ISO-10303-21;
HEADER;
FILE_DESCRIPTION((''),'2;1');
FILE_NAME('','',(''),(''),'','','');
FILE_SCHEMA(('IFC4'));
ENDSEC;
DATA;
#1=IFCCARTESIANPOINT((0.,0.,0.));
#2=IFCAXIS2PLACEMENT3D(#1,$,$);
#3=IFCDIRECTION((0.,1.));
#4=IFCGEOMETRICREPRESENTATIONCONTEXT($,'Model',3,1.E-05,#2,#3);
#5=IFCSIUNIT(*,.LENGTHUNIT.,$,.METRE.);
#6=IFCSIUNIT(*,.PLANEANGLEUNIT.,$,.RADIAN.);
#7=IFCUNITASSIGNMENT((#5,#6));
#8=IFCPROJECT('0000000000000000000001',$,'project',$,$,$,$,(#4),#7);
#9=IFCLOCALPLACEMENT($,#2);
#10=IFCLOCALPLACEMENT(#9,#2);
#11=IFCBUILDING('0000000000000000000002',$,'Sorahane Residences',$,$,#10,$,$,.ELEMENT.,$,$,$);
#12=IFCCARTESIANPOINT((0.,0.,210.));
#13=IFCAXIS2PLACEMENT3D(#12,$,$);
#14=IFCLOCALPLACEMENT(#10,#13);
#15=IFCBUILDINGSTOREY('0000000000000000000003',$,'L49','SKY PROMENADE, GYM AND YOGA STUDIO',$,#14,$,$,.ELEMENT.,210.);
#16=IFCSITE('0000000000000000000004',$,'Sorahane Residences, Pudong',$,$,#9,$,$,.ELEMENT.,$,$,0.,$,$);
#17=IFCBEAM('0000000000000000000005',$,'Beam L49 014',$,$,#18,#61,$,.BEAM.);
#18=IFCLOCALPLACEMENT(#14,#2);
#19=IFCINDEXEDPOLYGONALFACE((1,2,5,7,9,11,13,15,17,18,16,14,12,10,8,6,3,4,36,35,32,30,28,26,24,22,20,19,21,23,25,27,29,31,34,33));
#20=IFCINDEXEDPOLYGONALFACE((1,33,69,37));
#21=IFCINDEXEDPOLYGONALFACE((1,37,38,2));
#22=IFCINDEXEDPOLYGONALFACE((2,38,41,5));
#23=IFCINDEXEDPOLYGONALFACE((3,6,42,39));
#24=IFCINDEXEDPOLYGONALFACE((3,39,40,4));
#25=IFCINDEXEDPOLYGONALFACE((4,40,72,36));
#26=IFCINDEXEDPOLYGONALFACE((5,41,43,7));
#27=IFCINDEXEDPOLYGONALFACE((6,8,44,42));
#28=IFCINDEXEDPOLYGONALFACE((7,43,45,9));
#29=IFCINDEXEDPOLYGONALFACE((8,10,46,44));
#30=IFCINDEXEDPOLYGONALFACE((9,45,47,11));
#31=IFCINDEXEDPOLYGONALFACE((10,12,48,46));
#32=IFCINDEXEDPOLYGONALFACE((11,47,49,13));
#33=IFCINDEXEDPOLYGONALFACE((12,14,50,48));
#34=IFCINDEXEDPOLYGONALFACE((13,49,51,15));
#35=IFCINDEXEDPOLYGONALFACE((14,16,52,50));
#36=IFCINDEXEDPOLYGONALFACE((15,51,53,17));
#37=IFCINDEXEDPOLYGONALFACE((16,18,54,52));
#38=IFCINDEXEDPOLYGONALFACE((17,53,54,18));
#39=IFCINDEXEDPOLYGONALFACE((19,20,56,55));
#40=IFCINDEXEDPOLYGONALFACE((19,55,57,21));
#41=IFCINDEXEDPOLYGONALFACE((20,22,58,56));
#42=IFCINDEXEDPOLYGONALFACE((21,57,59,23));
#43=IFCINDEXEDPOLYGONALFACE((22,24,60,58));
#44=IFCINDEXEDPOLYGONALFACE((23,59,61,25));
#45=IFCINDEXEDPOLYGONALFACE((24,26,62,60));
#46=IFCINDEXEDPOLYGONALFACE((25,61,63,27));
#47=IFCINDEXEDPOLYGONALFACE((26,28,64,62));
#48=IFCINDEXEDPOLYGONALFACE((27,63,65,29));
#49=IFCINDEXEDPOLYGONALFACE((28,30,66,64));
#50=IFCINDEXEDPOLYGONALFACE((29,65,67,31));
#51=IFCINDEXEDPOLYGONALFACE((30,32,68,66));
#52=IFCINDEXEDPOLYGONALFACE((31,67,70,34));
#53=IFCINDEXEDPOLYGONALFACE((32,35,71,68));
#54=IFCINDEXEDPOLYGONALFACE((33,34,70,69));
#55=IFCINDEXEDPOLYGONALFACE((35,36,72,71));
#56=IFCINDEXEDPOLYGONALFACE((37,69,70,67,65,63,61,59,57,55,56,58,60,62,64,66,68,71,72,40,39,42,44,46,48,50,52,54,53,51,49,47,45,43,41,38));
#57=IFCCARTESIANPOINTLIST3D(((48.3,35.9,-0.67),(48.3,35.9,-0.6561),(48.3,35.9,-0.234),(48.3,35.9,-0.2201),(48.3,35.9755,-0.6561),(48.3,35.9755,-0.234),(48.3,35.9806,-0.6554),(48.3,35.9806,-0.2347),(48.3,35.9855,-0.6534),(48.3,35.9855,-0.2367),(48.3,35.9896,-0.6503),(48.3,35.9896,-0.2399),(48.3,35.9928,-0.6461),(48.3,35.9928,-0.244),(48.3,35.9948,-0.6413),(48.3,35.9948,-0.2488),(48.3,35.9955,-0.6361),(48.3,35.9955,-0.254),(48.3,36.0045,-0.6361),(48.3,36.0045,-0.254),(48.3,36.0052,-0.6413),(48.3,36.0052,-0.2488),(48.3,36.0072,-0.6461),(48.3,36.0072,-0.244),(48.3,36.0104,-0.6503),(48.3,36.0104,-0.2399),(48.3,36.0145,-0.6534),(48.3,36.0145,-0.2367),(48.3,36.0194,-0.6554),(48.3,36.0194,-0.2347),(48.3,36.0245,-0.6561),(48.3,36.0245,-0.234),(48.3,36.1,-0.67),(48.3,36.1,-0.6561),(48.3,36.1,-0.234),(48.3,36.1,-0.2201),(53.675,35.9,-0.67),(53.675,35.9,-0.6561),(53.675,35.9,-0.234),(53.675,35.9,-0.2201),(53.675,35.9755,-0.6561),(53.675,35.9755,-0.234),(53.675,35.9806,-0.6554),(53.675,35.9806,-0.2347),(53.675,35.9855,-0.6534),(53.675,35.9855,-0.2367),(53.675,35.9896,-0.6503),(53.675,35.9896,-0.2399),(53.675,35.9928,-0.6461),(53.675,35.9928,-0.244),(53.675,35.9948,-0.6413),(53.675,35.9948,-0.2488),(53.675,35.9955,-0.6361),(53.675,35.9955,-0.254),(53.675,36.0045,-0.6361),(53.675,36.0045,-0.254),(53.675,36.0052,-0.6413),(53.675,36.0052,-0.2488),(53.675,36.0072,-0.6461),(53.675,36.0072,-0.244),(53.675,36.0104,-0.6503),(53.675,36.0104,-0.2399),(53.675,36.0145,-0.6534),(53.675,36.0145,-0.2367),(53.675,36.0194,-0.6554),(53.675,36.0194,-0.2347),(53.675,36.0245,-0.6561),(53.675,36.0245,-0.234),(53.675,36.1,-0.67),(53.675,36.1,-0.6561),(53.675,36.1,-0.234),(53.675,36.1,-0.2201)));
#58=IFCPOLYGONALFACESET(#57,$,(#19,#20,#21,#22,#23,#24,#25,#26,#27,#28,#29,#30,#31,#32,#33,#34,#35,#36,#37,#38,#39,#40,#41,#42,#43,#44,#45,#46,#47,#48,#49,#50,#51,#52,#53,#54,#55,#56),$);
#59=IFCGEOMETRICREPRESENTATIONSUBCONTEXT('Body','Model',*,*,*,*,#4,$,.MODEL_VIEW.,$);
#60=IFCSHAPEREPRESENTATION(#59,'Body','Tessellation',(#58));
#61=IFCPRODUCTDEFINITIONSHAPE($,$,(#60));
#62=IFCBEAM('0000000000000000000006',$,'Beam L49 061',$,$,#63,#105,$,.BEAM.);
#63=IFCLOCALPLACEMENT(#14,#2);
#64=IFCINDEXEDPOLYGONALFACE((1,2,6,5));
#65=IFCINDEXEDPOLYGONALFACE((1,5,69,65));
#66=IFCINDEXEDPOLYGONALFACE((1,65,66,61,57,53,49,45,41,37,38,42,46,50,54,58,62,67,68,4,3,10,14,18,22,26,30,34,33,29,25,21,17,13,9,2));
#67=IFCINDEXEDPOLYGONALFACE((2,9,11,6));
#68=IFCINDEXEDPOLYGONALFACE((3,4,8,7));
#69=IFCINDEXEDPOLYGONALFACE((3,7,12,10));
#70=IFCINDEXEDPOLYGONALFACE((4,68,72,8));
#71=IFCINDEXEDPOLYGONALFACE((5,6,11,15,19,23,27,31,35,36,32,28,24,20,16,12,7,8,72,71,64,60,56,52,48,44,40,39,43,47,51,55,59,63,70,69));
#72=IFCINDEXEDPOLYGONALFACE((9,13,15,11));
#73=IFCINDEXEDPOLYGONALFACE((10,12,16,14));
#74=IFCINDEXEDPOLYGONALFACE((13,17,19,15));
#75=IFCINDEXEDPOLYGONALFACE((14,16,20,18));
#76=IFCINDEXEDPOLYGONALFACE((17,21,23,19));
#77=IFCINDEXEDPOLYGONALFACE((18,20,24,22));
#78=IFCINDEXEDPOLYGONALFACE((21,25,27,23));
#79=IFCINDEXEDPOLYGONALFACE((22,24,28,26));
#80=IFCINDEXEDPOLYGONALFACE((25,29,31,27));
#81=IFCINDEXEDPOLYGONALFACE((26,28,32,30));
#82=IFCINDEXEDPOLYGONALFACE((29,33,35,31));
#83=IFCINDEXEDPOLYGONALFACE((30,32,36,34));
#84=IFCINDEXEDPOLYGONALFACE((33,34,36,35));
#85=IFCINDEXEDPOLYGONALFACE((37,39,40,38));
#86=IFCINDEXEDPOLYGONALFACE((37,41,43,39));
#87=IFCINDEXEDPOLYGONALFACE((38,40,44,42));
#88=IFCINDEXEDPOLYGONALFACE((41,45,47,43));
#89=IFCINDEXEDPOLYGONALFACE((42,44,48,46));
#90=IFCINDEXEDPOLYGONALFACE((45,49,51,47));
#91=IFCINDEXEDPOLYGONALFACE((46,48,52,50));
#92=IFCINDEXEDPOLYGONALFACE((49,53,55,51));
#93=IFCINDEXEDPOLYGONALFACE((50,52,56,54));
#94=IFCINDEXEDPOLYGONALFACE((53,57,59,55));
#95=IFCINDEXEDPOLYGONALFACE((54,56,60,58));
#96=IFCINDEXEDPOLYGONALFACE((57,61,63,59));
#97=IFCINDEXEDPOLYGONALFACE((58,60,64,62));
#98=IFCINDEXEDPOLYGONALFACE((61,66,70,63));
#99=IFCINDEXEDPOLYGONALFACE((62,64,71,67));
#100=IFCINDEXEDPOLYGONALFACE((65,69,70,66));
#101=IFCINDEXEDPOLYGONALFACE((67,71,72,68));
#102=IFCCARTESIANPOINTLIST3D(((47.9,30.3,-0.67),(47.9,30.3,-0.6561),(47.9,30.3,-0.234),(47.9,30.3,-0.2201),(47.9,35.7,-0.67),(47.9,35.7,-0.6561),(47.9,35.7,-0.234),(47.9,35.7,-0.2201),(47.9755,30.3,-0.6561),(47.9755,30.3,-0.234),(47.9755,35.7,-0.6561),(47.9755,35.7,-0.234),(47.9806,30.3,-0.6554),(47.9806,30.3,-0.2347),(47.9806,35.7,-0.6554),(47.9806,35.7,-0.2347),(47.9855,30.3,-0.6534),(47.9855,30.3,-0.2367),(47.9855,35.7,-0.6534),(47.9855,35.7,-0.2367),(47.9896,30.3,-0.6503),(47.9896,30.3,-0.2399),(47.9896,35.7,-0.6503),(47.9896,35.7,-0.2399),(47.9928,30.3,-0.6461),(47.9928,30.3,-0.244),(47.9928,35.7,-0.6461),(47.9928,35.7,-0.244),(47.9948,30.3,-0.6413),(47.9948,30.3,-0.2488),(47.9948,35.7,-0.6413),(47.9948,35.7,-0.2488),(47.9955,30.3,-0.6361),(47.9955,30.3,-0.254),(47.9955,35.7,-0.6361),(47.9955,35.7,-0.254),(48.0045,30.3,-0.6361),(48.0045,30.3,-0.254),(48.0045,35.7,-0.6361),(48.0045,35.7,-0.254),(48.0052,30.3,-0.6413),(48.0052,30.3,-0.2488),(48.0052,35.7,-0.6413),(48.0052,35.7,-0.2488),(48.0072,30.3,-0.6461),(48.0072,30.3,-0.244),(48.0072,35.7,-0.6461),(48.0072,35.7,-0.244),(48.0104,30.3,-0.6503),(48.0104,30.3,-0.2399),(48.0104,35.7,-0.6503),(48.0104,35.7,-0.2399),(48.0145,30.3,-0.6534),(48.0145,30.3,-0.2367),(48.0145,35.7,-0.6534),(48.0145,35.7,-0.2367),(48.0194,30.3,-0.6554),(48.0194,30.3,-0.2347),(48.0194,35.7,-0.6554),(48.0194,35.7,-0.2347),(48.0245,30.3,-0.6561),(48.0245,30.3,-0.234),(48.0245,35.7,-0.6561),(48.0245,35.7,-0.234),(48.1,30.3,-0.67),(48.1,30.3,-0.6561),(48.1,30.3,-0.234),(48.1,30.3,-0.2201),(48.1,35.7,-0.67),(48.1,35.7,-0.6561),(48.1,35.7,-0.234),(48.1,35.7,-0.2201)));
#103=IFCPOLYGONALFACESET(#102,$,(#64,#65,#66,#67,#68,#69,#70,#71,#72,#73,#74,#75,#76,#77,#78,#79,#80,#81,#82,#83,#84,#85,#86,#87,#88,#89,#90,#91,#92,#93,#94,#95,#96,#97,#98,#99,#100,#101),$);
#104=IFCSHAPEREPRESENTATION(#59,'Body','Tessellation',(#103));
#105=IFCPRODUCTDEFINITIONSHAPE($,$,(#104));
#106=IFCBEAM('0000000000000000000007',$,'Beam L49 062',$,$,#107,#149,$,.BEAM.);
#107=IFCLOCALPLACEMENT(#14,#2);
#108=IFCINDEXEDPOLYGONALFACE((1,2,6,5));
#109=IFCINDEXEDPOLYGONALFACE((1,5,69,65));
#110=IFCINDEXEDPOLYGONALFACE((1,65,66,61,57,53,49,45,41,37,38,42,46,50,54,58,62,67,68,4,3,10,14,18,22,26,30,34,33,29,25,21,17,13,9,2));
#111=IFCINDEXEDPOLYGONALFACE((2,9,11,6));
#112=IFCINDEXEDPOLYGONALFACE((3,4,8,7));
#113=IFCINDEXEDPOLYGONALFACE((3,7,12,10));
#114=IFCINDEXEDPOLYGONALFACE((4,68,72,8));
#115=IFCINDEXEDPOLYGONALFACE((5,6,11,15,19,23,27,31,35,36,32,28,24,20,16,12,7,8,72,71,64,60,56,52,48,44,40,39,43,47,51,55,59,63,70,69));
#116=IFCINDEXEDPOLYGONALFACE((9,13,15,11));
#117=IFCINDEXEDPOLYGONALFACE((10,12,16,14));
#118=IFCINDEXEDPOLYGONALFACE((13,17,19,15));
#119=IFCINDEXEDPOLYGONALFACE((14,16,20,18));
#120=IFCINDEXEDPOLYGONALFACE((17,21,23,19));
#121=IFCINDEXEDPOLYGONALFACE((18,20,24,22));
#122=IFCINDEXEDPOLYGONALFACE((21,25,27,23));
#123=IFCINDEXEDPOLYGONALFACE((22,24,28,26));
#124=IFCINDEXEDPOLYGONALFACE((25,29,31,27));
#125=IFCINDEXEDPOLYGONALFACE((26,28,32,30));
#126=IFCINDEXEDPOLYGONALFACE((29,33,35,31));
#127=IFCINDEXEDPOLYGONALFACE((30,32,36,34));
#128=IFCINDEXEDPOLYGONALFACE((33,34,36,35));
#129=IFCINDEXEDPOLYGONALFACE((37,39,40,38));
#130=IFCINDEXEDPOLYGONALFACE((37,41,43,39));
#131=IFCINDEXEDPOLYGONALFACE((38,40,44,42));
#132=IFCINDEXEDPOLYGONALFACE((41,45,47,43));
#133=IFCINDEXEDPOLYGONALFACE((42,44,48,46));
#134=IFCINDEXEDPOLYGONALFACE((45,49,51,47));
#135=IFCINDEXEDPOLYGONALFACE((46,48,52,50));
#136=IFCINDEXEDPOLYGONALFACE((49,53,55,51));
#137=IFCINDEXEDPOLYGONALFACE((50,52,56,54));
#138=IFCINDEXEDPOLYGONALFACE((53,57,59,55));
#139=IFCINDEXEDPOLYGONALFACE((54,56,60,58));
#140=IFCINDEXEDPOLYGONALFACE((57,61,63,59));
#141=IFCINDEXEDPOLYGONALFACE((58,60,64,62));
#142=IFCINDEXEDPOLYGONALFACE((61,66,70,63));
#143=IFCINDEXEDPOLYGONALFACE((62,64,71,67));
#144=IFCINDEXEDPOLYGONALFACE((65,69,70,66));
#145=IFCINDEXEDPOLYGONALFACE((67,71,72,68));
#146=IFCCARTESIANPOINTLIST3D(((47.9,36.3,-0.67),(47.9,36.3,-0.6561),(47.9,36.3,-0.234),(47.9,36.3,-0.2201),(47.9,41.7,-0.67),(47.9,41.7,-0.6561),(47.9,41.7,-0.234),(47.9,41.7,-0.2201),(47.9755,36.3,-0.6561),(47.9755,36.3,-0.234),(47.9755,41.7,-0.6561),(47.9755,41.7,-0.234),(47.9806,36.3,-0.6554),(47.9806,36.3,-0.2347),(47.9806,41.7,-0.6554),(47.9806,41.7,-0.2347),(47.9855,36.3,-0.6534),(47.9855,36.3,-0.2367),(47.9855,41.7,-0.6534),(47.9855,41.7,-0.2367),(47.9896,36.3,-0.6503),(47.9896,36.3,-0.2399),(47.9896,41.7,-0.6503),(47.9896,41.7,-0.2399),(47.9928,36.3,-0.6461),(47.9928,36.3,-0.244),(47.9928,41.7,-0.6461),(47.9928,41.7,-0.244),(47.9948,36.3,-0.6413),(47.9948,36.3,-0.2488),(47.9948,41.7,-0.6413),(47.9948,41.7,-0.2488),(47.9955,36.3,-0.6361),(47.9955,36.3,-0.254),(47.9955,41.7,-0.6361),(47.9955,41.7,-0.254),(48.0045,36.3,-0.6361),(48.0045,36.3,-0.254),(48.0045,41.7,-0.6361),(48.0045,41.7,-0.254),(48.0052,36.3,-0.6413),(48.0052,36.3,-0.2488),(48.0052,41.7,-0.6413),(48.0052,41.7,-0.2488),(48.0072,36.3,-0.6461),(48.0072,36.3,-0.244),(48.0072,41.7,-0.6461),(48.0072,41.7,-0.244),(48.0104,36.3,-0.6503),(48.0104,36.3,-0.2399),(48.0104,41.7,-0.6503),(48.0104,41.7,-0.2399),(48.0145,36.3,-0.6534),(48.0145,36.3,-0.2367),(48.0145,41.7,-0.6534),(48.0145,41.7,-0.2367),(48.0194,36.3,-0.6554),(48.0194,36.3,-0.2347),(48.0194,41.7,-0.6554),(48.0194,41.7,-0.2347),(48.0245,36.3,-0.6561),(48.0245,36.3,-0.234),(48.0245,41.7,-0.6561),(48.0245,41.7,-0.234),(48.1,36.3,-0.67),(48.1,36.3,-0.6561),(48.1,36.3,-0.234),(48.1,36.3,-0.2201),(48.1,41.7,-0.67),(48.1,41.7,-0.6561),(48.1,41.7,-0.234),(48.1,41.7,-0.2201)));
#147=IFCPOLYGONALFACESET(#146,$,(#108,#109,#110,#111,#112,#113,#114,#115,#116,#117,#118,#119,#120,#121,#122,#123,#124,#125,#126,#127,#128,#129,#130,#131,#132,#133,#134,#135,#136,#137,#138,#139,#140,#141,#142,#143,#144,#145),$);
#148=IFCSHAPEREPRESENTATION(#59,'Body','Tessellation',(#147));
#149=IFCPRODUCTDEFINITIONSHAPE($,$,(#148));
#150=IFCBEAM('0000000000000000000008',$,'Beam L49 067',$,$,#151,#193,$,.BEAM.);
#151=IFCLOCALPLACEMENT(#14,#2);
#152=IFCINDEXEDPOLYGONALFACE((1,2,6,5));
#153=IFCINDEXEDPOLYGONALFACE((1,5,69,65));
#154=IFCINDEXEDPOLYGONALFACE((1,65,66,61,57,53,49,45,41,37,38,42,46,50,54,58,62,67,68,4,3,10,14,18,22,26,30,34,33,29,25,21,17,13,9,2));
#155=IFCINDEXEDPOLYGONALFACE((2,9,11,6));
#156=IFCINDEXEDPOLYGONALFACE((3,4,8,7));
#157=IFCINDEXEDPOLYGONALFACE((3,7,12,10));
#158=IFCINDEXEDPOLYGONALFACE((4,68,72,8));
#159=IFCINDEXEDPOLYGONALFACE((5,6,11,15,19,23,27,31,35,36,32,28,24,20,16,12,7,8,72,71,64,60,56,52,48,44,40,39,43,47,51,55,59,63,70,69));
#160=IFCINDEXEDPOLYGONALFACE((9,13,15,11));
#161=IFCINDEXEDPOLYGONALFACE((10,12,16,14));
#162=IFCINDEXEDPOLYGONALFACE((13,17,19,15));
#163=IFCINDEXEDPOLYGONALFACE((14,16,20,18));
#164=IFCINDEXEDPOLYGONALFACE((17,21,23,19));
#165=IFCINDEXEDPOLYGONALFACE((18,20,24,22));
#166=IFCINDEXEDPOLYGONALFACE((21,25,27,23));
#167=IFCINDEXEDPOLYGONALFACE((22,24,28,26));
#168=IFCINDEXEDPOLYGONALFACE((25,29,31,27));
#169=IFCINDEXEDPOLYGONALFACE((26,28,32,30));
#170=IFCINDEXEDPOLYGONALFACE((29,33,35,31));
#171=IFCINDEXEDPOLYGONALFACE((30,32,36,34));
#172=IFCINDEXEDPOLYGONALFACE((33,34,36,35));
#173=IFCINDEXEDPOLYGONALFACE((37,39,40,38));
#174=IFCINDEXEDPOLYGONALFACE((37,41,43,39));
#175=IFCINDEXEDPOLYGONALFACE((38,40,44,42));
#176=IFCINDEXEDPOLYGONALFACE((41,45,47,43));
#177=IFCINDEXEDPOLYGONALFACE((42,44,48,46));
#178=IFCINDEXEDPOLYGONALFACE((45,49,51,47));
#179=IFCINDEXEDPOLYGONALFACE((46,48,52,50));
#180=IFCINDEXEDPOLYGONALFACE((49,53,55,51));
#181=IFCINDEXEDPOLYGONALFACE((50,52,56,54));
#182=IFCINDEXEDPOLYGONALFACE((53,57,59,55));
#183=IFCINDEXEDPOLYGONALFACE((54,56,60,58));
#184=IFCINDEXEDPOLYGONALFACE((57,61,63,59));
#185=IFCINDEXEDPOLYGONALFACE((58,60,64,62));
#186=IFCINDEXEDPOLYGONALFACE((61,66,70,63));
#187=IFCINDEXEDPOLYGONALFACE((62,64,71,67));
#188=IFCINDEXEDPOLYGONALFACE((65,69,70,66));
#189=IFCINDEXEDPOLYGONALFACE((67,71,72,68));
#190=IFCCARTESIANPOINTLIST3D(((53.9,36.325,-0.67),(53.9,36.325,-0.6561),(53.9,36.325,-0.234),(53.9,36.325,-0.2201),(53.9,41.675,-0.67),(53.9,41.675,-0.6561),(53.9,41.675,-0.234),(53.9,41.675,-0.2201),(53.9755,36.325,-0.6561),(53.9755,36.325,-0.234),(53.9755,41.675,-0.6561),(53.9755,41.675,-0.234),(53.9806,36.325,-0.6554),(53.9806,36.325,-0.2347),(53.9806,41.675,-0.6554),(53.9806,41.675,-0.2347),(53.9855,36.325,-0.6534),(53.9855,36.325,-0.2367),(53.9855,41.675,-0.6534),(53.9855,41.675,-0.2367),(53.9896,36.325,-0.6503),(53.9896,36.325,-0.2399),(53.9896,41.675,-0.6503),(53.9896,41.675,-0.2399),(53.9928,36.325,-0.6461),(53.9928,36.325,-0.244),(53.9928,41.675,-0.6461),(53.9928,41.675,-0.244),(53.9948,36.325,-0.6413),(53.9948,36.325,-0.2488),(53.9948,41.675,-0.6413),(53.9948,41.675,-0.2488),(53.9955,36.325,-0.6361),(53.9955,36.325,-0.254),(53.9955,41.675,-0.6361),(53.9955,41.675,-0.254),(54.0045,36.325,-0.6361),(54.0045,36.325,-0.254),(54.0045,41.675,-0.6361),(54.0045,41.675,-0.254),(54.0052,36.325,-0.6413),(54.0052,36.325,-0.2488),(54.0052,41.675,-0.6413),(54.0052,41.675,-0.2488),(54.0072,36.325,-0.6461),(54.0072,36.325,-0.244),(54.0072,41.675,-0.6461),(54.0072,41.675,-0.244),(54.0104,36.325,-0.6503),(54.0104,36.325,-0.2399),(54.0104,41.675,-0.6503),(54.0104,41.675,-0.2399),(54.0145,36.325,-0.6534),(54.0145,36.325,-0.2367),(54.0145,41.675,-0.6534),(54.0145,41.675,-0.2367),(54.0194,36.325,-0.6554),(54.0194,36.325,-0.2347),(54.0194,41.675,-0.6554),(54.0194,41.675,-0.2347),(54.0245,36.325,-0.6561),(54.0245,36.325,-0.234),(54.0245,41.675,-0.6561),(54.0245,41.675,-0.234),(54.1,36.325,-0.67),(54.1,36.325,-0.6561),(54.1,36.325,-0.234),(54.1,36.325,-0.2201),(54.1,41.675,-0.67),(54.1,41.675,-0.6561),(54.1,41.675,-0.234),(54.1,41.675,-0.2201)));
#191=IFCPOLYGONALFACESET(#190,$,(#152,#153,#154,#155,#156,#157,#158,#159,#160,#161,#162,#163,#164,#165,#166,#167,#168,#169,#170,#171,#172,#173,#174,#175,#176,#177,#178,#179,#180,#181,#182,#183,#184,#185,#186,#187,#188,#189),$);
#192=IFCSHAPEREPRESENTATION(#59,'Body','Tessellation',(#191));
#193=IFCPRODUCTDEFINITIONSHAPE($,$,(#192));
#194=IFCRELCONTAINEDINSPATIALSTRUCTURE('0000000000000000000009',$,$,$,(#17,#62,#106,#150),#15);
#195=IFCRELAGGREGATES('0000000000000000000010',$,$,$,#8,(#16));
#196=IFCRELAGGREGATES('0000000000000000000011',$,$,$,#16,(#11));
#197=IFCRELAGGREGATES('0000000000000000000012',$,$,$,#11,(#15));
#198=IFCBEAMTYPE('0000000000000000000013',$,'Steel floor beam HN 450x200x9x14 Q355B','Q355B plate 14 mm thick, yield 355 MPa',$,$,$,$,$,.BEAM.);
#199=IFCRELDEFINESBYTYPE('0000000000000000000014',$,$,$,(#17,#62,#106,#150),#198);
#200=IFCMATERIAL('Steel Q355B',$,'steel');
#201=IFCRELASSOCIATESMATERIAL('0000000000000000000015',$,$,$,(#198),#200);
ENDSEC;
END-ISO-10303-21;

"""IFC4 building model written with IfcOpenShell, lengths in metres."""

from ifc_helpers import new_model, si_unit, direction, frame, origin, origin_2d, place, context, subcontext, project, spatial, i_section, extrude, material, material_profile, profile_set, type_object, element, save


model = new_model("IFC4")

# Units and contexts
model_context = context("Model", 3, precision=1e-05, world=origin(), true_north=direction((0.0, 1.0)))
body_context = subcontext(model_context, "Body", "Model", "MODEL_VIEW")
ifc_project = project(units=[si_unit("LENGTHUNIT", "METRE"), si_unit("PLANEANGLEUNIT", "RADIAN")], contexts=[model_context])

# Site, building, storey
site_placement = place(None, origin())
site = spatial("IfcSite", under=ifc_project, at=site_placement, Name="Sorahane Residences, Pudong", CompositionType="ELEMENT", RefElevation=0.0)
building_placement = place(site_placement, origin())
building = spatial("IfcBuilding", under=site, at=building_placement, Name="Sorahane Residences", CompositionType="ELEMENT")
storey_placement = place(building_placement, frame((0.0, 0.0, 210.0)))
storey = spatial("IfcBuildingStorey", under=building, at=storey_placement, Name="L49", Description="SKY PROMENADE, GYM AND YOGA STUDIO", CompositionType="ELEMENT", Elevation=210.0)

# Beams
ifc_material_1 = material(Name="Steel Q355B", Category="steel")
ifc_material_profile_1 = material_profile(ifc_material_1, i_section(OverallWidth=0.2, OverallDepth=0.45, WebThickness=0.009, FlangeThickness=0.0139, FilletRadius=0.02, at=origin_2d()), Name="HN 450x200x9x14")
ifc_profile_set_1 = profile_set([ifc_material_profile_1], Name="Steel Q355B")
beam_type_1 = type_object("IfcBeamType", Name="Steel floor beam HN 450x200x9x14 Q355B", Description="Q355B plate 14 mm thick, yield 355 MPa", PredefinedType="BEAM", material=ifc_profile_set_1)
beam_1_placement = place(storey_placement, frame((48.3, 36.0, -0.4451), z_axis=(1.0, 0.0, 0.0), x_axis=(0.0, 1.0, 0.0)))
element("IfcBeam", 1, at=beam_1_placement, inside=storey, type_object=beam_type_1, Name="Beam L49 014", PredefinedType="BEAM", context=body_context, shape_type="SweptSolid", body=[
    extrude(i_section(OverallWidth=0.2, OverallDepth=0.45, WebThickness=0.009, FlangeThickness=0.0139, FilletRadius=0.02, at=origin_2d()), origin(), (0.0, 0.0, 1.0), 5.375),
])
for number, where, z_axis, x_axis, name in (
    (2, (48.0, 30.3, -0.4451), (0.0, 1.0, 0.0), (-1.0, 0.0, 0.0), "Beam L49 061"),
    (3, (48.0, 36.3, -0.4451), (0.0, 1.0, 0.0), (-1.0, 0.0, 0.0), "Beam L49 062"),
):
    element("IfcBeam", number, at=place(storey_placement, frame(where, z_axis=z_axis, x_axis=x_axis)), inside=storey, type_object=beam_type_1, Name=name, PredefinedType="BEAM", context=body_context, shape_type="SweptSolid", body=[
        extrude(i_section(OverallWidth=0.2, OverallDepth=0.45, WebThickness=0.009, FlangeThickness=0.0139, FilletRadius=0.02, at=origin_2d()), origin(), (0.0, 0.0, 1.0), 5.3999),
    ])
beam_2_placement = place(storey_placement, frame((54.0, 36.325, -0.4451), z_axis=(0.0, 1.0, 0.0), x_axis=(-1.0, 0.0, 0.0)))
element("IfcBeam", 4, at=beam_2_placement, inside=storey, type_object=beam_type_1, Name="Beam L49 067", PredefinedType="BEAM", context=body_context, shape_type="SweptSolid", body=[
    extrude(i_section(OverallWidth=0.2, OverallDepth=0.45, WebThickness=0.009, FlangeThickness=0.0139, FilletRadius=0.02, at=origin_2d()), origin(), (0.0, 0.0, 1.0), 5.3501),
])

save(model, "model.ifc")
